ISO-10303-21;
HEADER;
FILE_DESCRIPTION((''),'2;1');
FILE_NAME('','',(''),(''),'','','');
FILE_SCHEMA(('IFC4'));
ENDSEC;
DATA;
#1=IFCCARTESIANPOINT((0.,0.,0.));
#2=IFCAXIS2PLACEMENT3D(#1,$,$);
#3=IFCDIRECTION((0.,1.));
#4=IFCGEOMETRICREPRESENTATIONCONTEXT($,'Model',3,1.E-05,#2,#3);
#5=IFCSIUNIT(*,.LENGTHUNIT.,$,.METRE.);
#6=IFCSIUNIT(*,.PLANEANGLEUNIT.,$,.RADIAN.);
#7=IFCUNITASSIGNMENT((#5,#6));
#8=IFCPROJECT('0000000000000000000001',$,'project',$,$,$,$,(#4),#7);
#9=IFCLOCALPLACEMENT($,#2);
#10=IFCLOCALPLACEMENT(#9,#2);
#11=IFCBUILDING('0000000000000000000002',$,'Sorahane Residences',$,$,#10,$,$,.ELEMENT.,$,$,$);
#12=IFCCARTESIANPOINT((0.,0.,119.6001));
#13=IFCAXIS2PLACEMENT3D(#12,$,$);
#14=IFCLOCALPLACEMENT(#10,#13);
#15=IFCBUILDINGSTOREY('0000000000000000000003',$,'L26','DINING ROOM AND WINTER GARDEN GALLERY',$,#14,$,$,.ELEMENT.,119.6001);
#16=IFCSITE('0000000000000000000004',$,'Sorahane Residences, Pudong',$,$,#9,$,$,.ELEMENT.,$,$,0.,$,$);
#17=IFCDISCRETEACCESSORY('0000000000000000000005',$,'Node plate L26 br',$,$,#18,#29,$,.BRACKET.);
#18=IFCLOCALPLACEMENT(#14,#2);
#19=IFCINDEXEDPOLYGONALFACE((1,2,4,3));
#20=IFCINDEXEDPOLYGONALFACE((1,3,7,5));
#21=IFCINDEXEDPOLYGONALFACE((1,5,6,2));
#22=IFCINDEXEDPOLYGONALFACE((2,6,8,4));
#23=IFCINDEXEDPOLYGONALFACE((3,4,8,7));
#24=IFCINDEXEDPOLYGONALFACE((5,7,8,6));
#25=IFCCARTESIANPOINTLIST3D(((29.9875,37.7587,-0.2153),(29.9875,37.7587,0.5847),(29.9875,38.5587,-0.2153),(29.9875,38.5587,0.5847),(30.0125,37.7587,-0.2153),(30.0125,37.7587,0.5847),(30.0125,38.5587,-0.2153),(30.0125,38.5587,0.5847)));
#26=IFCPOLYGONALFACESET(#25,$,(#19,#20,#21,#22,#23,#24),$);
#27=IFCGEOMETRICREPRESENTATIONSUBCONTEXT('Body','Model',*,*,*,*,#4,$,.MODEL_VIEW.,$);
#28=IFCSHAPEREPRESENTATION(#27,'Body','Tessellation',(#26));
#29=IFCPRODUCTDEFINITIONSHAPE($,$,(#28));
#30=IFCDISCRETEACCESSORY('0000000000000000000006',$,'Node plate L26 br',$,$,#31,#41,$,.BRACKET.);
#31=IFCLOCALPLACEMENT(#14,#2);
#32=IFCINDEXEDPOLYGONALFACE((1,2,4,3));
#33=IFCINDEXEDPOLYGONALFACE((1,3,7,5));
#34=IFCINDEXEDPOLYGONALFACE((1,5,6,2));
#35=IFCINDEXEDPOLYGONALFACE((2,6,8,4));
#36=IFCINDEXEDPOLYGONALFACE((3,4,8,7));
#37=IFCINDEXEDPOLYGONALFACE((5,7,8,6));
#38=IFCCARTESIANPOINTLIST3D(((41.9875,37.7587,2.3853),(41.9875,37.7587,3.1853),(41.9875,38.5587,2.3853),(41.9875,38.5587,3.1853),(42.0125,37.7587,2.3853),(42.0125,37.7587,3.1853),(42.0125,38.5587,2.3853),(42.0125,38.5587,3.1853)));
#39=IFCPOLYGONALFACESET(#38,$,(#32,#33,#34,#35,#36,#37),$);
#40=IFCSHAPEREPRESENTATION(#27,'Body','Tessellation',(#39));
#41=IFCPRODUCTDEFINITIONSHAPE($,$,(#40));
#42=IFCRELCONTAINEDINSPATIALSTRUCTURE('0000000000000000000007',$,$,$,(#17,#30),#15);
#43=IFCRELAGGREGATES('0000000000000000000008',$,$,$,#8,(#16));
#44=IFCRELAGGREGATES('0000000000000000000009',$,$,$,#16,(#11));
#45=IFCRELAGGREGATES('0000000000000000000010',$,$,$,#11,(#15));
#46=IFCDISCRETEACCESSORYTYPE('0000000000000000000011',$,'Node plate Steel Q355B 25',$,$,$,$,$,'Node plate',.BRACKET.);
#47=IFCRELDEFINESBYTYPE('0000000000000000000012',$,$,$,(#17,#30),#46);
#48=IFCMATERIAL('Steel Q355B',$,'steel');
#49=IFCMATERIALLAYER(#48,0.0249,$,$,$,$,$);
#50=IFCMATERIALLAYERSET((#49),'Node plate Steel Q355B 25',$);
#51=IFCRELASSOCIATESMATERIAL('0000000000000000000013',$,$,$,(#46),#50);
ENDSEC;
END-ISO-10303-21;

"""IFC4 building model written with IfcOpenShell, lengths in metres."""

from ifc_helpers import new_model, si_unit, direction, frame, origin, origin_2d, place, context, subcontext, project, spatial, rectangle, extrude, material, layer, layer_set, type_object, element, save


model = new_model("IFC4")

# Units and contexts
model_context = context("Model", 3, precision=1e-05, world=origin(), true_north=direction((0.0, 1.0)))
body_context = subcontext(model_context, "Body", "Model", "MODEL_VIEW")
ifc_project = project(units=[si_unit("LENGTHUNIT", "METRE"), si_unit("PLANEANGLEUNIT", "RADIAN")], contexts=[model_context])

# Site, building, storey
site_placement = place(None, origin())
site = spatial("IfcSite", under=ifc_project, at=site_placement, Name="Sorahane Residences, Pudong", CompositionType="ELEMENT", RefElevation=0.0)
building_placement = place(site_placement, origin())
building = spatial("IfcBuilding", under=site, at=building_placement, Name="Sorahane Residences", CompositionType="ELEMENT")
storey_placement = place(building_placement, frame((0.0, 0.0, 119.6001)))
storey = spatial("IfcBuildingStorey", under=building, at=storey_placement, Name="L26", Description="DINING ROOM AND WINTER GARDEN GALLERY", CompositionType="ELEMENT", Elevation=119.6001)

# Discrete accessories
ifc_material_1 = material(Name="Steel Q355B", Category="steel")
ifc_layer_1 = layer(ifc_material_1, 0.0249)
ifc_layer_set_1 = layer_set([ifc_layer_1], Name="Node plate Steel Q355B 25")
discrete_accessory_type = type_object("IfcDiscreteAccessoryType", Name="Node plate Steel Q355B 25", ElementType="Node plate", PredefinedType="BRACKET", material=ifc_layer_set_1)
for number, where, z_axis, x_axis, name in (
    (1, (30.0, 38.1587, -0.2153), (0.0, 0.0, 1.0), (0.0, 1.0, 0.0), "Node plate L26 br"),
    (2, (42.0, 38.1587, 2.3853), (0.0, 0.0, 1.0), (0.0, 1.0, 0.0), "Node plate L26 br"),
):
    element("IfcDiscreteAccessory", number, at=place(storey_placement, frame(where, z_axis=z_axis, x_axis=x_axis)), inside=storey, type_object=discrete_accessory_type, Name=name, PredefinedType="BRACKET", context=body_context, shape_type="SweptSolid", body=[
        extrude(rectangle(XDim=0.8, YDim=0.0249, at=origin_2d()), origin(), (0.0, 0.0, 1.0), 0.8),
    ])

save(model, "model.ifc")
